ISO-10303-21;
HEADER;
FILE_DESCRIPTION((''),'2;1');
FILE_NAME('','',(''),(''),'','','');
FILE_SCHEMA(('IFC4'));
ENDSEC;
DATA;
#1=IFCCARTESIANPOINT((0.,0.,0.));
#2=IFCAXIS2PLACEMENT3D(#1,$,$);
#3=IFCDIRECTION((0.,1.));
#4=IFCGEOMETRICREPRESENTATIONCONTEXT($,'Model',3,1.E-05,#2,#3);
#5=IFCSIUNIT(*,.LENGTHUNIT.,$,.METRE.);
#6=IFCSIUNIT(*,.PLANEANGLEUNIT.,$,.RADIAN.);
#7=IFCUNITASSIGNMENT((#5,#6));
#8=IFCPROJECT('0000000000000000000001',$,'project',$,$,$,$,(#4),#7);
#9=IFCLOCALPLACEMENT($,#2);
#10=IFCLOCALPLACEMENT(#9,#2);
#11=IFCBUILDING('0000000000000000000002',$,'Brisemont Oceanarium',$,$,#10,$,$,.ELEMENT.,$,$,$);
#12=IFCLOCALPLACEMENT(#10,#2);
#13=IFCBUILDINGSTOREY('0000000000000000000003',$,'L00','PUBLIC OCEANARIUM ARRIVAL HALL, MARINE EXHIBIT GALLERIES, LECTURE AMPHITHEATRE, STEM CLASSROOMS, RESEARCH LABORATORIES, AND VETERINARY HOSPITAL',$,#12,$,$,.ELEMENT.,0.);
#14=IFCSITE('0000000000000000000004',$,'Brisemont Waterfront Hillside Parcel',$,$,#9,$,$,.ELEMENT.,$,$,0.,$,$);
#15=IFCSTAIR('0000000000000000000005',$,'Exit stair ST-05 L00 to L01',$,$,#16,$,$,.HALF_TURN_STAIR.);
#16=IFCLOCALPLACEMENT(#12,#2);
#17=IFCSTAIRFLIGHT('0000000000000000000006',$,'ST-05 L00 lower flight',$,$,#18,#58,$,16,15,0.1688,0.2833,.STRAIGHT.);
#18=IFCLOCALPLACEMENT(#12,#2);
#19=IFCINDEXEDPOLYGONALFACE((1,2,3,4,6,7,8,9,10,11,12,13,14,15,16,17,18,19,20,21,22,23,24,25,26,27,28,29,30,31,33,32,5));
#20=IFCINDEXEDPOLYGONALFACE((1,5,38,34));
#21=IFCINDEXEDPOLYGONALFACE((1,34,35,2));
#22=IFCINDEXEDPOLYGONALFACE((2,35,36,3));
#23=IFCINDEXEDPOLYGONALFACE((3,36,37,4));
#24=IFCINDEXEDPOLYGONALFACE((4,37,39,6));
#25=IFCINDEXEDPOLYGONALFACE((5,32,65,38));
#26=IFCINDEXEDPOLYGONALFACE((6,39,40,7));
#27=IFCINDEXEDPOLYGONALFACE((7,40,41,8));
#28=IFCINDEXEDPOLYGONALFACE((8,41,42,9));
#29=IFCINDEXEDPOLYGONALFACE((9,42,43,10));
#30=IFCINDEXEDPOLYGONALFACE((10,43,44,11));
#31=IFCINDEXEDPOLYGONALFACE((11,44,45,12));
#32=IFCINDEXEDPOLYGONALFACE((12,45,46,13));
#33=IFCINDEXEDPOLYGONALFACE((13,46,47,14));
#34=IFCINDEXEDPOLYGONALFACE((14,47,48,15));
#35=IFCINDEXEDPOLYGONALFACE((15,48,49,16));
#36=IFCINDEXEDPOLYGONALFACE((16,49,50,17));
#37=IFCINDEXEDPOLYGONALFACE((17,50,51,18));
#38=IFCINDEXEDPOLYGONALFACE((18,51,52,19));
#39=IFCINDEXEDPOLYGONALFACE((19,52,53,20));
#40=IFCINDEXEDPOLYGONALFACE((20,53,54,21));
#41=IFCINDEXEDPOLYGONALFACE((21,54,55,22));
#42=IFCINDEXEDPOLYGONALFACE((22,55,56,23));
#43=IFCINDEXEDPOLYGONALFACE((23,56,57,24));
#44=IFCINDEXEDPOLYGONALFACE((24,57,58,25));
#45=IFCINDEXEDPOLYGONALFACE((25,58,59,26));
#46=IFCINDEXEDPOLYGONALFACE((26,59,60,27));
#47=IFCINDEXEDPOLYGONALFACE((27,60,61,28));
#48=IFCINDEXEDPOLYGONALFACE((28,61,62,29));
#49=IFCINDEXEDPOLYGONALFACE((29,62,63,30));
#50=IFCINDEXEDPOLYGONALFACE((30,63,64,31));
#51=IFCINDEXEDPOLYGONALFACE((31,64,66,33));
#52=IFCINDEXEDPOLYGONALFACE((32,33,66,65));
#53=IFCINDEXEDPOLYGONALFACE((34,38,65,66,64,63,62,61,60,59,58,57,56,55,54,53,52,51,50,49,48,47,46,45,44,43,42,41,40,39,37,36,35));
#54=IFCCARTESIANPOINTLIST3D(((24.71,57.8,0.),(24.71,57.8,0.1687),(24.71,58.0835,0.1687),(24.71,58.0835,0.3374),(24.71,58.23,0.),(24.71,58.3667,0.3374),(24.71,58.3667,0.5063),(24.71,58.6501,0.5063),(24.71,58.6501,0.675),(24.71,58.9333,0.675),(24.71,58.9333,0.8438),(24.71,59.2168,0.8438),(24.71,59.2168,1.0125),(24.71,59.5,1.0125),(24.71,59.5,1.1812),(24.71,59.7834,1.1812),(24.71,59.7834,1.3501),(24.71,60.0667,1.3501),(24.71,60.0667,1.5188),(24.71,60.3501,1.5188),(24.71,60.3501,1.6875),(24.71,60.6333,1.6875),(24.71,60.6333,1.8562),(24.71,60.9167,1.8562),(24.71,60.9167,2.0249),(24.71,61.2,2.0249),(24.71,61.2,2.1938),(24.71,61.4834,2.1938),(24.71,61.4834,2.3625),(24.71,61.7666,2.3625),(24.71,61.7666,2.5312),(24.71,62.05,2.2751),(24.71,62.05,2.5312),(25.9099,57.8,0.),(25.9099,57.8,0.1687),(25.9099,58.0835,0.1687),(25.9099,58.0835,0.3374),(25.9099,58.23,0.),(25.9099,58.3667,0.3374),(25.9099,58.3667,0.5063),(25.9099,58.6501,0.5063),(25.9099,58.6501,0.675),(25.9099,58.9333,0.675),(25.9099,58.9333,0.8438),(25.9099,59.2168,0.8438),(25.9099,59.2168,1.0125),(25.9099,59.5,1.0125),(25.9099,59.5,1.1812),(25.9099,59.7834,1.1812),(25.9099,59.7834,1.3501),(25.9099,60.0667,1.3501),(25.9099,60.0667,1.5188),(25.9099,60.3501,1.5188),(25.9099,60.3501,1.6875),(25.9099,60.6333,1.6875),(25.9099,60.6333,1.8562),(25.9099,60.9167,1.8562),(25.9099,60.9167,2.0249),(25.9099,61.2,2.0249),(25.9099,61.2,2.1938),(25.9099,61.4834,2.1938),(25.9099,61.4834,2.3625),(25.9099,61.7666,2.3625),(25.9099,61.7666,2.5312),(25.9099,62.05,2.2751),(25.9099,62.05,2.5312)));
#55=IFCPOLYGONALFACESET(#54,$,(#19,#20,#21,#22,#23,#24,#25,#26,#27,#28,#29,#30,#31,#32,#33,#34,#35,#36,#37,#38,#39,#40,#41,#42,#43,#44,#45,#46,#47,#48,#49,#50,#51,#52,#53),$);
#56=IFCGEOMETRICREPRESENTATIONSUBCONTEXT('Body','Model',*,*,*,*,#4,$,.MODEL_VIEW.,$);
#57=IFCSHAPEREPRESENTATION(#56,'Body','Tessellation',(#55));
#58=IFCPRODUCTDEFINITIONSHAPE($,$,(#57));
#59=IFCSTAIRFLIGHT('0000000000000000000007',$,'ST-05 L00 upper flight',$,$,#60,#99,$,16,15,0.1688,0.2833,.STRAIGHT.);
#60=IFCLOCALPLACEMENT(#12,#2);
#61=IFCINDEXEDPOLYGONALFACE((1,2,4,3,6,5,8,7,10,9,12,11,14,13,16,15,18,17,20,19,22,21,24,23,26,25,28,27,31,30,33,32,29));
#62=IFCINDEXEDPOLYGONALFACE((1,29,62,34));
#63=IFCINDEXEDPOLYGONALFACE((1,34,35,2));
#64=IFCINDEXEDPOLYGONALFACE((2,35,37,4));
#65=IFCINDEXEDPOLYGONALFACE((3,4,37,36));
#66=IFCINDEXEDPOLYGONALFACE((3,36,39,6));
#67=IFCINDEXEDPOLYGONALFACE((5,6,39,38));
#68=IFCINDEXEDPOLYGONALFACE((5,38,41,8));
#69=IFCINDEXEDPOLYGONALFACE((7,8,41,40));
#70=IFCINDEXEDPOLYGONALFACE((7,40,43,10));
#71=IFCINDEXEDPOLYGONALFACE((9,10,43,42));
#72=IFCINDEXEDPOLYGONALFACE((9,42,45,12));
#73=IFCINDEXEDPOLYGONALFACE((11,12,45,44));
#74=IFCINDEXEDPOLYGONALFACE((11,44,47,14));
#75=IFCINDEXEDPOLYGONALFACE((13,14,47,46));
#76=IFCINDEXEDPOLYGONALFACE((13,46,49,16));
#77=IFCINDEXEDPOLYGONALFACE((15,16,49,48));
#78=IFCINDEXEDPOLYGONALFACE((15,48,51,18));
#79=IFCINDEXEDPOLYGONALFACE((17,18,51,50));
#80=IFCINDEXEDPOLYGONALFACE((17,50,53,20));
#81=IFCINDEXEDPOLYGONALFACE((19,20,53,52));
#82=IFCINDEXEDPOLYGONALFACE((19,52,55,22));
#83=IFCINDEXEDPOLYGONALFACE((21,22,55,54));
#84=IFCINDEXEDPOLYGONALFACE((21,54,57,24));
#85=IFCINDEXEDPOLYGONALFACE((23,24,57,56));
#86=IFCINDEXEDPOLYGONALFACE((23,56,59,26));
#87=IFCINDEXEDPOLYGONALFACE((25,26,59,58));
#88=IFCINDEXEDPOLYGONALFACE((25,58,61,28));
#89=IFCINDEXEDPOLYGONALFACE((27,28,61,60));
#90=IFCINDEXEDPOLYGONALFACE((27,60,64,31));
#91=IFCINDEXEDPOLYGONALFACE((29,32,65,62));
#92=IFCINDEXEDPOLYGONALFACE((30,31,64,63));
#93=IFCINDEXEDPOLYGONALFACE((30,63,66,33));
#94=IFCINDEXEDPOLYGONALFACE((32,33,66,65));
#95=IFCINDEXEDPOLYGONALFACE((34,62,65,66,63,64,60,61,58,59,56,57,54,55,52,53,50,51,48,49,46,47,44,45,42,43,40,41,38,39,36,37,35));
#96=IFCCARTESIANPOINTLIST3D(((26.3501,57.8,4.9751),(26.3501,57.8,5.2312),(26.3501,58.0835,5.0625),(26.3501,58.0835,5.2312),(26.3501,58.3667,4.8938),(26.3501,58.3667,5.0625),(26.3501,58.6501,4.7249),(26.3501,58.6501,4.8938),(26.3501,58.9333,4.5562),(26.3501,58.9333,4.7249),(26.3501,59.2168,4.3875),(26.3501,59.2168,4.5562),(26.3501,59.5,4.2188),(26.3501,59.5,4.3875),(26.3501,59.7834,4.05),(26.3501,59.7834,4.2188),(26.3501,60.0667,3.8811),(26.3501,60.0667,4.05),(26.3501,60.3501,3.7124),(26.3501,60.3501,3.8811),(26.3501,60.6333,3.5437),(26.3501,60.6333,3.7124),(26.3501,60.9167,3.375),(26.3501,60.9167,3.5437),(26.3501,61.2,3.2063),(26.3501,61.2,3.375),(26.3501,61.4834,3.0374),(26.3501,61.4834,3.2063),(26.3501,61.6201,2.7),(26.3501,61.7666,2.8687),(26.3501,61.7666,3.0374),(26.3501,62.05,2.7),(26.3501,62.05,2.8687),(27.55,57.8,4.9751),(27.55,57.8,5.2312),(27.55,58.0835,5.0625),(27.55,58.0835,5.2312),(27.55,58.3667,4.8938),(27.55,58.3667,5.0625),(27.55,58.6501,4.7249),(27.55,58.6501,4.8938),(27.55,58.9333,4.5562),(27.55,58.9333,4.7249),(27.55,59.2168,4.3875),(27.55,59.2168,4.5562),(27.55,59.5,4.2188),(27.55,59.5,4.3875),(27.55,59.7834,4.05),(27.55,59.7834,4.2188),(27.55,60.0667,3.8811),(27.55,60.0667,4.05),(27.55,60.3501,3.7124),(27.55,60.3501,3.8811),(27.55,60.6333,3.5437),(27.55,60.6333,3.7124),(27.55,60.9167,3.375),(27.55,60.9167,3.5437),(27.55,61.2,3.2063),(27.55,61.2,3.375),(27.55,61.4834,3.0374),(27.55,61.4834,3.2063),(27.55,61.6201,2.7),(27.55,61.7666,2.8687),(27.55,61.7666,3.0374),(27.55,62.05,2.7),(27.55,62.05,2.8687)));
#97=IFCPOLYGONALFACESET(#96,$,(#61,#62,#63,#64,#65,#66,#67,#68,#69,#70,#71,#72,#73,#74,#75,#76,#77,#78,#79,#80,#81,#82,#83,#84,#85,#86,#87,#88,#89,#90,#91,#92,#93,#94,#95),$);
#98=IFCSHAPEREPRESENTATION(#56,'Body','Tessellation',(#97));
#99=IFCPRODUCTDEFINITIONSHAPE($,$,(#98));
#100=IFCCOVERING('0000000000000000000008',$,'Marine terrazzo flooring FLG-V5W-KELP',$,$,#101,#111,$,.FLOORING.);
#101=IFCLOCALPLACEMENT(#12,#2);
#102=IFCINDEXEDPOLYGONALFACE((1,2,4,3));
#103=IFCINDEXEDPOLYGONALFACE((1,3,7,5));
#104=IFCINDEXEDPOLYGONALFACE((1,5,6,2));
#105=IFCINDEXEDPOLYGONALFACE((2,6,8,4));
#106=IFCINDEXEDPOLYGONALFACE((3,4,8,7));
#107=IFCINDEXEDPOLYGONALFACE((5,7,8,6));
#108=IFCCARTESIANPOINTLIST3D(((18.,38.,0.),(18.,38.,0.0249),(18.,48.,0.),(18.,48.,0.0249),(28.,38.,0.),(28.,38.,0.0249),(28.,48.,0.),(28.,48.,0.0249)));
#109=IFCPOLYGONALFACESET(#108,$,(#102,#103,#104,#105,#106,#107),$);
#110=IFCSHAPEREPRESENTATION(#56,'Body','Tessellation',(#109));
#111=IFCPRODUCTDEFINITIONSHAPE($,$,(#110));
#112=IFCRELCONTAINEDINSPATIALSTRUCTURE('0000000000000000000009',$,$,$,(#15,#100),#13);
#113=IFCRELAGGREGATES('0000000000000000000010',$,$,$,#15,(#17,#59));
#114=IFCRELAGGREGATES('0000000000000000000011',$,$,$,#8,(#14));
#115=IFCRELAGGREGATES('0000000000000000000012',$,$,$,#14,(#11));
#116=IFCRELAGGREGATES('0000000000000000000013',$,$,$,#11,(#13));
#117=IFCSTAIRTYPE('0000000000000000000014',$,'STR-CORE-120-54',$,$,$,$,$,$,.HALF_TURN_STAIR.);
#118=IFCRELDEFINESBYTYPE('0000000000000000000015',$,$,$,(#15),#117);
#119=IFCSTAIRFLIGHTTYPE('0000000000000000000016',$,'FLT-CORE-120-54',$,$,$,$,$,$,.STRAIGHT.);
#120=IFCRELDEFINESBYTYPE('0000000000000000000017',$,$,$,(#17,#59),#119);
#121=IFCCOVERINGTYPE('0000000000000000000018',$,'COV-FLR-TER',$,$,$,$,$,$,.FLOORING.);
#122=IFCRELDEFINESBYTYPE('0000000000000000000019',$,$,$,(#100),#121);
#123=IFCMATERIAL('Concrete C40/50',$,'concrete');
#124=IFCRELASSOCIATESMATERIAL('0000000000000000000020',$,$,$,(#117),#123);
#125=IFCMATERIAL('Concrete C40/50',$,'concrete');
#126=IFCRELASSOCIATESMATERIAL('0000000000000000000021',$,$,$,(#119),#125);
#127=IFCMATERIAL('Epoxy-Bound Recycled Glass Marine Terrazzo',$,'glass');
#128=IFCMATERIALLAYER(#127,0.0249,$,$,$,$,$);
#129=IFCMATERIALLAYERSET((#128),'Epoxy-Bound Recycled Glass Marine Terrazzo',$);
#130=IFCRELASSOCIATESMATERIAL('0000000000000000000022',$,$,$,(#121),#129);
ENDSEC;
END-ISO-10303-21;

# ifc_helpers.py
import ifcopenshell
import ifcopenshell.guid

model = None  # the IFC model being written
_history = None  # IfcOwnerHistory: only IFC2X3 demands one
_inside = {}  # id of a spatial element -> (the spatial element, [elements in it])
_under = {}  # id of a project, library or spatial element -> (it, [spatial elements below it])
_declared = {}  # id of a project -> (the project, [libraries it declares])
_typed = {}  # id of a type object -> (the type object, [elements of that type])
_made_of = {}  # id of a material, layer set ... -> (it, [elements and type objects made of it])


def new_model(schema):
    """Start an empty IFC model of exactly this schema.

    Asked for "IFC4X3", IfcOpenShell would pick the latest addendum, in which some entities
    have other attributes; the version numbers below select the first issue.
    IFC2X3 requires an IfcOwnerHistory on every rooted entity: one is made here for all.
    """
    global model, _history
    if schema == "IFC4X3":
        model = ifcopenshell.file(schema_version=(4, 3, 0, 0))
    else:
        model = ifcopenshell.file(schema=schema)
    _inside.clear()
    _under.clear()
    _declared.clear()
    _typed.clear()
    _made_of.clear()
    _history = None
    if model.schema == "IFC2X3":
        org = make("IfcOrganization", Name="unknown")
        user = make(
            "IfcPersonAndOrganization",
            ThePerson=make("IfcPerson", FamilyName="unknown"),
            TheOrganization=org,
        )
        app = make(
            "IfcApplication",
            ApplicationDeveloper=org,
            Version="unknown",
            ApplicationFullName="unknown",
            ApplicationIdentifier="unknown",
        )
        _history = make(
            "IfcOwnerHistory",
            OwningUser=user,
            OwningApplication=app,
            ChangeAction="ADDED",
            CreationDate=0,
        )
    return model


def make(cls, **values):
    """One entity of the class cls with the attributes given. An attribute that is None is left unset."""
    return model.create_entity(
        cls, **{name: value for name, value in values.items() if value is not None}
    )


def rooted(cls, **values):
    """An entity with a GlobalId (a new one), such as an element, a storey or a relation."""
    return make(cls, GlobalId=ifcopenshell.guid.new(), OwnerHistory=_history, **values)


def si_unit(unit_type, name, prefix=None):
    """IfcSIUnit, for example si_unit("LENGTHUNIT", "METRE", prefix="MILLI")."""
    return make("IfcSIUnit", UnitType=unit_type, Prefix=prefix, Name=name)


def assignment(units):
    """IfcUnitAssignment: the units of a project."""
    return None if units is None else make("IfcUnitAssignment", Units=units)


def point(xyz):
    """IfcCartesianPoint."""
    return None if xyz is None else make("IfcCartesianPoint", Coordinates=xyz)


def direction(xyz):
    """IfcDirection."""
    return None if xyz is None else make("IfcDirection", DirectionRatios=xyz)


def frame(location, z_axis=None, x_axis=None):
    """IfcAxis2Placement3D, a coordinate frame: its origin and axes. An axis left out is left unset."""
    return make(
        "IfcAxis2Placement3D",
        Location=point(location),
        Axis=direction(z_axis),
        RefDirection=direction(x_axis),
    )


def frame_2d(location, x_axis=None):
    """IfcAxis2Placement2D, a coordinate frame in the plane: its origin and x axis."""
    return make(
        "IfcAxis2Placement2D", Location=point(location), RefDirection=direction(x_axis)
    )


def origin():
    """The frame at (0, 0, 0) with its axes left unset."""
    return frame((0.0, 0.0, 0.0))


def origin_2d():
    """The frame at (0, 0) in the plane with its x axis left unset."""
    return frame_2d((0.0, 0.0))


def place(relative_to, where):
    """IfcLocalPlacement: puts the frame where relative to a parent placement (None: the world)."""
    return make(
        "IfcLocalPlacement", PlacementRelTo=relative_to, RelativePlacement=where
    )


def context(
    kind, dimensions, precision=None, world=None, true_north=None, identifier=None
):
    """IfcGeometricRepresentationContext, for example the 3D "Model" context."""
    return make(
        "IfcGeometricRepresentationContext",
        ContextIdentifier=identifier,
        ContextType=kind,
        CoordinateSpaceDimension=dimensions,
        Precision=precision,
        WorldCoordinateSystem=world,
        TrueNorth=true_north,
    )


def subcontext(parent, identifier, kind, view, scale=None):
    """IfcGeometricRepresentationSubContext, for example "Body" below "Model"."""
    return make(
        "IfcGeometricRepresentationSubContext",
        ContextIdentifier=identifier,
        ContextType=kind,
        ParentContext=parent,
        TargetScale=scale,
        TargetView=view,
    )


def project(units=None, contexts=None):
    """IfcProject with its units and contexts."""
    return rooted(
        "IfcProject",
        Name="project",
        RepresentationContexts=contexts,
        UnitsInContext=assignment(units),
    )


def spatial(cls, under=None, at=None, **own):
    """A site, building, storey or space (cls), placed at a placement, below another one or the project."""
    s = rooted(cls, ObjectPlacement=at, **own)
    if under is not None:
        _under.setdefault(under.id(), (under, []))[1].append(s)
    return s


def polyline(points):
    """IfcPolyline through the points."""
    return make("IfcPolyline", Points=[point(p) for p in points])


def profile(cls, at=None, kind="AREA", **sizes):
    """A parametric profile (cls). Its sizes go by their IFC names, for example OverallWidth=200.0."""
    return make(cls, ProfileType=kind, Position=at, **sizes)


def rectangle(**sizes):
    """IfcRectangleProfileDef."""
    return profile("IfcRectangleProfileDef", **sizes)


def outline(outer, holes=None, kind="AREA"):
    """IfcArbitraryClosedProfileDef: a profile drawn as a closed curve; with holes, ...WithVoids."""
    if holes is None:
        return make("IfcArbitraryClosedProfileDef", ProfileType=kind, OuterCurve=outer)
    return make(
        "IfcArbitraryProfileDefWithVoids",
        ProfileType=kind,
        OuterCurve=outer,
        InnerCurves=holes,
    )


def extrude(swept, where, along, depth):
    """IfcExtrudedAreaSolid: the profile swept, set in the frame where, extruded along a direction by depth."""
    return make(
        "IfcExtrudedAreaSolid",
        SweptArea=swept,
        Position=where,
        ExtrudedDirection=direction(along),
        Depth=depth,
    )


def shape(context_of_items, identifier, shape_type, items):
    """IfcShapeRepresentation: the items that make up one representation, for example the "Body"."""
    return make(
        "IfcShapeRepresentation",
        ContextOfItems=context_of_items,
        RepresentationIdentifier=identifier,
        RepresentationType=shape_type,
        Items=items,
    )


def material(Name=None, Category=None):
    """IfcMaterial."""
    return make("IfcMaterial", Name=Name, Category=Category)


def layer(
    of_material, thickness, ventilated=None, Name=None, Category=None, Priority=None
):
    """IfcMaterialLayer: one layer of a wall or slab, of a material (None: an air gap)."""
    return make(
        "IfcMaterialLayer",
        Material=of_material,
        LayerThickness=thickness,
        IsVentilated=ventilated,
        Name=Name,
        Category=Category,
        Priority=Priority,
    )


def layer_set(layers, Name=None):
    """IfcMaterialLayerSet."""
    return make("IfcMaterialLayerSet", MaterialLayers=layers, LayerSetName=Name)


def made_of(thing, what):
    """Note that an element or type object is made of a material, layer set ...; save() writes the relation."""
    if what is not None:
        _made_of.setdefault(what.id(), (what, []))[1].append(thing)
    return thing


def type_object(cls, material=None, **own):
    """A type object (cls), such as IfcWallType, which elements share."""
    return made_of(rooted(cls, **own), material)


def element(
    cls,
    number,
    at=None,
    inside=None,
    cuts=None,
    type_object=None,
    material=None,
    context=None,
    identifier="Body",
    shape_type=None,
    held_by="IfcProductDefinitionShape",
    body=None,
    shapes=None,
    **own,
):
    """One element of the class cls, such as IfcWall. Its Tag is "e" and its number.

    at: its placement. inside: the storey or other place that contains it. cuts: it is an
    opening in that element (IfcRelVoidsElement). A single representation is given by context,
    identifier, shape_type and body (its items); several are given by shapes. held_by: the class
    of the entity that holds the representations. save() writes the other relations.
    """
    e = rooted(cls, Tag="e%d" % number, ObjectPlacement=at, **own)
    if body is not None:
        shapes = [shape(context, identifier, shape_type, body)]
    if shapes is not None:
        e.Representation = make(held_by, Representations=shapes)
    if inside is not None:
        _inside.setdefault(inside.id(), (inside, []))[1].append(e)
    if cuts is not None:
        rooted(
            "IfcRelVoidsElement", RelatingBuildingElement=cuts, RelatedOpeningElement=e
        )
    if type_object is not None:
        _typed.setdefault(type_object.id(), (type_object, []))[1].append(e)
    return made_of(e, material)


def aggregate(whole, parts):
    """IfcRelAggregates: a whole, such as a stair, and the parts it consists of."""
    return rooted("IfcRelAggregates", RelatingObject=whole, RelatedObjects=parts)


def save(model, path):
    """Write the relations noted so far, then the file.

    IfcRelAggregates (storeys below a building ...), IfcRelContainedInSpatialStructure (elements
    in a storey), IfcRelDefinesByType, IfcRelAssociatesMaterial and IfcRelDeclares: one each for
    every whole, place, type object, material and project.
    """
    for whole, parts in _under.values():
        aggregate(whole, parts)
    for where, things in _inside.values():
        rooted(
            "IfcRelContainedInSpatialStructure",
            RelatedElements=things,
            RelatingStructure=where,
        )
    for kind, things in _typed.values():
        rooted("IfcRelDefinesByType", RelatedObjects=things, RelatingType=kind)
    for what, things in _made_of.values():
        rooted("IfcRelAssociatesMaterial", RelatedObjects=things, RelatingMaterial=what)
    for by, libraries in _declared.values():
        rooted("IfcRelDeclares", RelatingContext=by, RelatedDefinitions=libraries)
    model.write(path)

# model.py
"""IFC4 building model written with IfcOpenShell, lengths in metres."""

from ifc_helpers import new_model, si_unit, direction, frame, origin, origin_2d, place, context, subcontext, project, spatial, polyline, rectangle, outline, extrude, material, layer, layer_set, type_object, element, aggregate, save


model = new_model("IFC4")

# Units and contexts
model_context = context("Model", 3, precision=1e-05, world=origin(), true_north=direction((0.0, 1.0)))
body_context = subcontext(model_context, "Body", "Model", "MODEL_VIEW")
ifc_project = project(units=[si_unit("LENGTHUNIT", "METRE"), si_unit("PLANEANGLEUNIT", "RADIAN")], contexts=[model_context])

# Site, building, storey
site_placement = place(None, origin())
site = spatial("IfcSite", under=ifc_project, at=site_placement, Name="Brisemont Waterfront Hillside Parcel", CompositionType="ELEMENT", RefElevation=0.0)
building_placement = place(site_placement, origin())
building = spatial("IfcBuilding", under=site, at=building_placement, Name="Brisemont Oceanarium", CompositionType="ELEMENT")
storey_placement = place(building_placement, origin())
storey = spatial("IfcBuildingStorey", under=building, at=storey_placement, Name="L00", Description="PUBLIC OCEANARIUM ARRIVAL HALL, MARINE EXHIBIT GALLERIES, LECTURE AMPHITHEATRE, STEM CLASSROOMS, RESEARCH LABORATORIES, AND VETERINARY HOSPITAL", CompositionType="ELEMENT", Elevation=0.0)

# Stair, stair flights
ifc_material_1 = material(Name="Concrete C40/50", Category="concrete")
stair_type = type_object("IfcStairType", Name="STR-CORE-120-54", PredefinedType="HALF_TURN_STAIR", material=ifc_material_1)
stair_placement = place(storey_placement, origin())
stair = element("IfcStair", 1, at=stair_placement, inside=storey, type_object=stair_type, Name="Exit stair ST-05 L00 to L01", PredefinedType="HALF_TURN_STAIR")
ifc_material_2 = material(Name="Concrete C40/50", Category="concrete")
stair_flight_type = type_object("IfcStairFlightType", Name="FLT-CORE-120-54", PredefinedType="STRAIGHT", material=ifc_material_2)
stair_flight_1_placement = place(storey_placement, frame((25.3101, 57.8, 0.0), z_axis=(0.0, 0.0, 1.0), x_axis=(0.0, 1.0, 0.0)))
stair_flight_1 = element("IfcStairFlight", 2, at=stair_flight_1_placement, type_object=stair_flight_type, Name="ST-05 L00 lower flight", NumberOfRisers=16, NumberOfTreads=15, PredefinedType="STRAIGHT", RiserHeight=0.1688, TreadLength=0.2833, context=body_context, shape_type="SweptSolid", body=[
    extrude(outline(polyline([(0.0, 0.0), (0.0, 0.1687), (0.2834, 0.1687), (0.2834, 0.3374), (0.5667, 0.3374), (0.5667, 0.5063), (0.8501, 0.5063), (0.8501, 0.675), (1.1333, 0.675), (1.1333, 0.8438), (1.4167, 0.8438), (1.4167, 1.0125), (1.7, 1.0125), (1.7, 1.1812), (1.9834, 1.1812), (1.9834, 1.3501), (2.2666, 1.3501), (2.2666, 1.5188), (2.55, 1.5188), (2.55, 1.6875), (2.8333, 1.6875), (2.8333, 1.8562), (3.1167, 1.8562), (3.1167, 2.0249), (3.3999, 2.0249), (3.3999, 2.1938), (3.6833, 2.1938), (3.6833, 2.3625), (3.9666, 2.3625), (3.9666, 2.5312), (4.25, 2.5312), (4.25, 2.7), (4.25, 2.2751), (0.4299, 0.0), (0.0, 0.0)])), frame((0.0, 0.6001, 0.0), z_axis=(0.0, -1.0, 0.0), x_axis=(1.0, 0.0, 0.0)), (0.0, 0.0, 1.0), 1.2),
])
stair_flight_2_placement = place(storey_placement, frame((26.95, 62.05, 2.7), z_axis=(0.0, 0.0, 1.0), x_axis=(0.0, -1.0, 0.0)))
stair_flight_2 = element("IfcStairFlight", 3, at=stair_flight_2_placement, type_object=stair_flight_type, Name="ST-05 L00 upper flight", NumberOfRisers=16, NumberOfTreads=15, PredefinedType="STRAIGHT", RiserHeight=0.1688, TreadLength=0.2833, context=body_context, shape_type="SweptSolid", body=[
    extrude(outline(polyline([(0.0, 0.0), (0.0, 0.1687), (0.2834, 0.1687), (0.2834, 0.3374), (0.5667, 0.3374), (0.5667, 0.5063), (0.8501, 0.5063), (0.8501, 0.675), (1.1333, 0.675), (1.1333, 0.8438), (1.4167, 0.8438), (1.4167, 1.0125), (1.7, 1.0125), (1.7, 1.1812), (1.9834, 1.1812), (1.9834, 1.3501), (2.2666, 1.3501), (2.2666, 1.5188), (2.55, 1.5188), (2.55, 1.6875), (2.8333, 1.6875), (2.8333, 1.8562), (3.1167, 1.8562), (3.1167, 2.0249), (3.3999, 2.0249), (3.3999, 2.1938), (3.6833, 2.1938), (3.6833, 2.3625), (3.9666, 2.3625), (3.9666, 2.5312), (4.25, 2.5312), (4.25, 2.7), (4.25, 2.2751), (0.4299, 0.0), (0.0, 0.0)])), frame((0.0, 0.6001, 0.0), z_axis=(0.0, -1.0, 0.0), x_axis=(1.0, 0.0, 0.0)), (0.0, 0.0, 1.0), 1.2),
])
aggregate(stair, [stair_flight_1, stair_flight_2])

# Covering
ifc_material_3 = material(Name="Epoxy-Bound Recycled Glass Marine Terrazzo", Category="glass")
ifc_layer_1 = layer(ifc_material_3, 0.0249)
ifc_layer_set_1 = layer_set([ifc_layer_1], Name="Epoxy-Bound Recycled Glass Marine Terrazzo")
covering_type = type_object("IfcCoveringType", Name="COV-FLR-TER", PredefinedType="FLOORING", material=ifc_layer_set_1)
covering_placement = place(storey_placement, frame((23.0, 43.0, 0.0), z_axis=(0.0, 0.0, 1.0), x_axis=(1.0, 0.0, 0.0)))
element("IfcCovering", 4, at=covering_placement, inside=storey, type_object=covering_type, Name="Marine terrazzo flooring FLG-V5W-KELP", PredefinedType="FLOORING", context=body_context, shape_type="SweptSolid", body=[
    extrude(rectangle(XDim=10.0, YDim=10.0, at=origin_2d()), origin(), (0.0, 0.0, 1.0), 0.0249),
])

save(model, "model.ifc")
